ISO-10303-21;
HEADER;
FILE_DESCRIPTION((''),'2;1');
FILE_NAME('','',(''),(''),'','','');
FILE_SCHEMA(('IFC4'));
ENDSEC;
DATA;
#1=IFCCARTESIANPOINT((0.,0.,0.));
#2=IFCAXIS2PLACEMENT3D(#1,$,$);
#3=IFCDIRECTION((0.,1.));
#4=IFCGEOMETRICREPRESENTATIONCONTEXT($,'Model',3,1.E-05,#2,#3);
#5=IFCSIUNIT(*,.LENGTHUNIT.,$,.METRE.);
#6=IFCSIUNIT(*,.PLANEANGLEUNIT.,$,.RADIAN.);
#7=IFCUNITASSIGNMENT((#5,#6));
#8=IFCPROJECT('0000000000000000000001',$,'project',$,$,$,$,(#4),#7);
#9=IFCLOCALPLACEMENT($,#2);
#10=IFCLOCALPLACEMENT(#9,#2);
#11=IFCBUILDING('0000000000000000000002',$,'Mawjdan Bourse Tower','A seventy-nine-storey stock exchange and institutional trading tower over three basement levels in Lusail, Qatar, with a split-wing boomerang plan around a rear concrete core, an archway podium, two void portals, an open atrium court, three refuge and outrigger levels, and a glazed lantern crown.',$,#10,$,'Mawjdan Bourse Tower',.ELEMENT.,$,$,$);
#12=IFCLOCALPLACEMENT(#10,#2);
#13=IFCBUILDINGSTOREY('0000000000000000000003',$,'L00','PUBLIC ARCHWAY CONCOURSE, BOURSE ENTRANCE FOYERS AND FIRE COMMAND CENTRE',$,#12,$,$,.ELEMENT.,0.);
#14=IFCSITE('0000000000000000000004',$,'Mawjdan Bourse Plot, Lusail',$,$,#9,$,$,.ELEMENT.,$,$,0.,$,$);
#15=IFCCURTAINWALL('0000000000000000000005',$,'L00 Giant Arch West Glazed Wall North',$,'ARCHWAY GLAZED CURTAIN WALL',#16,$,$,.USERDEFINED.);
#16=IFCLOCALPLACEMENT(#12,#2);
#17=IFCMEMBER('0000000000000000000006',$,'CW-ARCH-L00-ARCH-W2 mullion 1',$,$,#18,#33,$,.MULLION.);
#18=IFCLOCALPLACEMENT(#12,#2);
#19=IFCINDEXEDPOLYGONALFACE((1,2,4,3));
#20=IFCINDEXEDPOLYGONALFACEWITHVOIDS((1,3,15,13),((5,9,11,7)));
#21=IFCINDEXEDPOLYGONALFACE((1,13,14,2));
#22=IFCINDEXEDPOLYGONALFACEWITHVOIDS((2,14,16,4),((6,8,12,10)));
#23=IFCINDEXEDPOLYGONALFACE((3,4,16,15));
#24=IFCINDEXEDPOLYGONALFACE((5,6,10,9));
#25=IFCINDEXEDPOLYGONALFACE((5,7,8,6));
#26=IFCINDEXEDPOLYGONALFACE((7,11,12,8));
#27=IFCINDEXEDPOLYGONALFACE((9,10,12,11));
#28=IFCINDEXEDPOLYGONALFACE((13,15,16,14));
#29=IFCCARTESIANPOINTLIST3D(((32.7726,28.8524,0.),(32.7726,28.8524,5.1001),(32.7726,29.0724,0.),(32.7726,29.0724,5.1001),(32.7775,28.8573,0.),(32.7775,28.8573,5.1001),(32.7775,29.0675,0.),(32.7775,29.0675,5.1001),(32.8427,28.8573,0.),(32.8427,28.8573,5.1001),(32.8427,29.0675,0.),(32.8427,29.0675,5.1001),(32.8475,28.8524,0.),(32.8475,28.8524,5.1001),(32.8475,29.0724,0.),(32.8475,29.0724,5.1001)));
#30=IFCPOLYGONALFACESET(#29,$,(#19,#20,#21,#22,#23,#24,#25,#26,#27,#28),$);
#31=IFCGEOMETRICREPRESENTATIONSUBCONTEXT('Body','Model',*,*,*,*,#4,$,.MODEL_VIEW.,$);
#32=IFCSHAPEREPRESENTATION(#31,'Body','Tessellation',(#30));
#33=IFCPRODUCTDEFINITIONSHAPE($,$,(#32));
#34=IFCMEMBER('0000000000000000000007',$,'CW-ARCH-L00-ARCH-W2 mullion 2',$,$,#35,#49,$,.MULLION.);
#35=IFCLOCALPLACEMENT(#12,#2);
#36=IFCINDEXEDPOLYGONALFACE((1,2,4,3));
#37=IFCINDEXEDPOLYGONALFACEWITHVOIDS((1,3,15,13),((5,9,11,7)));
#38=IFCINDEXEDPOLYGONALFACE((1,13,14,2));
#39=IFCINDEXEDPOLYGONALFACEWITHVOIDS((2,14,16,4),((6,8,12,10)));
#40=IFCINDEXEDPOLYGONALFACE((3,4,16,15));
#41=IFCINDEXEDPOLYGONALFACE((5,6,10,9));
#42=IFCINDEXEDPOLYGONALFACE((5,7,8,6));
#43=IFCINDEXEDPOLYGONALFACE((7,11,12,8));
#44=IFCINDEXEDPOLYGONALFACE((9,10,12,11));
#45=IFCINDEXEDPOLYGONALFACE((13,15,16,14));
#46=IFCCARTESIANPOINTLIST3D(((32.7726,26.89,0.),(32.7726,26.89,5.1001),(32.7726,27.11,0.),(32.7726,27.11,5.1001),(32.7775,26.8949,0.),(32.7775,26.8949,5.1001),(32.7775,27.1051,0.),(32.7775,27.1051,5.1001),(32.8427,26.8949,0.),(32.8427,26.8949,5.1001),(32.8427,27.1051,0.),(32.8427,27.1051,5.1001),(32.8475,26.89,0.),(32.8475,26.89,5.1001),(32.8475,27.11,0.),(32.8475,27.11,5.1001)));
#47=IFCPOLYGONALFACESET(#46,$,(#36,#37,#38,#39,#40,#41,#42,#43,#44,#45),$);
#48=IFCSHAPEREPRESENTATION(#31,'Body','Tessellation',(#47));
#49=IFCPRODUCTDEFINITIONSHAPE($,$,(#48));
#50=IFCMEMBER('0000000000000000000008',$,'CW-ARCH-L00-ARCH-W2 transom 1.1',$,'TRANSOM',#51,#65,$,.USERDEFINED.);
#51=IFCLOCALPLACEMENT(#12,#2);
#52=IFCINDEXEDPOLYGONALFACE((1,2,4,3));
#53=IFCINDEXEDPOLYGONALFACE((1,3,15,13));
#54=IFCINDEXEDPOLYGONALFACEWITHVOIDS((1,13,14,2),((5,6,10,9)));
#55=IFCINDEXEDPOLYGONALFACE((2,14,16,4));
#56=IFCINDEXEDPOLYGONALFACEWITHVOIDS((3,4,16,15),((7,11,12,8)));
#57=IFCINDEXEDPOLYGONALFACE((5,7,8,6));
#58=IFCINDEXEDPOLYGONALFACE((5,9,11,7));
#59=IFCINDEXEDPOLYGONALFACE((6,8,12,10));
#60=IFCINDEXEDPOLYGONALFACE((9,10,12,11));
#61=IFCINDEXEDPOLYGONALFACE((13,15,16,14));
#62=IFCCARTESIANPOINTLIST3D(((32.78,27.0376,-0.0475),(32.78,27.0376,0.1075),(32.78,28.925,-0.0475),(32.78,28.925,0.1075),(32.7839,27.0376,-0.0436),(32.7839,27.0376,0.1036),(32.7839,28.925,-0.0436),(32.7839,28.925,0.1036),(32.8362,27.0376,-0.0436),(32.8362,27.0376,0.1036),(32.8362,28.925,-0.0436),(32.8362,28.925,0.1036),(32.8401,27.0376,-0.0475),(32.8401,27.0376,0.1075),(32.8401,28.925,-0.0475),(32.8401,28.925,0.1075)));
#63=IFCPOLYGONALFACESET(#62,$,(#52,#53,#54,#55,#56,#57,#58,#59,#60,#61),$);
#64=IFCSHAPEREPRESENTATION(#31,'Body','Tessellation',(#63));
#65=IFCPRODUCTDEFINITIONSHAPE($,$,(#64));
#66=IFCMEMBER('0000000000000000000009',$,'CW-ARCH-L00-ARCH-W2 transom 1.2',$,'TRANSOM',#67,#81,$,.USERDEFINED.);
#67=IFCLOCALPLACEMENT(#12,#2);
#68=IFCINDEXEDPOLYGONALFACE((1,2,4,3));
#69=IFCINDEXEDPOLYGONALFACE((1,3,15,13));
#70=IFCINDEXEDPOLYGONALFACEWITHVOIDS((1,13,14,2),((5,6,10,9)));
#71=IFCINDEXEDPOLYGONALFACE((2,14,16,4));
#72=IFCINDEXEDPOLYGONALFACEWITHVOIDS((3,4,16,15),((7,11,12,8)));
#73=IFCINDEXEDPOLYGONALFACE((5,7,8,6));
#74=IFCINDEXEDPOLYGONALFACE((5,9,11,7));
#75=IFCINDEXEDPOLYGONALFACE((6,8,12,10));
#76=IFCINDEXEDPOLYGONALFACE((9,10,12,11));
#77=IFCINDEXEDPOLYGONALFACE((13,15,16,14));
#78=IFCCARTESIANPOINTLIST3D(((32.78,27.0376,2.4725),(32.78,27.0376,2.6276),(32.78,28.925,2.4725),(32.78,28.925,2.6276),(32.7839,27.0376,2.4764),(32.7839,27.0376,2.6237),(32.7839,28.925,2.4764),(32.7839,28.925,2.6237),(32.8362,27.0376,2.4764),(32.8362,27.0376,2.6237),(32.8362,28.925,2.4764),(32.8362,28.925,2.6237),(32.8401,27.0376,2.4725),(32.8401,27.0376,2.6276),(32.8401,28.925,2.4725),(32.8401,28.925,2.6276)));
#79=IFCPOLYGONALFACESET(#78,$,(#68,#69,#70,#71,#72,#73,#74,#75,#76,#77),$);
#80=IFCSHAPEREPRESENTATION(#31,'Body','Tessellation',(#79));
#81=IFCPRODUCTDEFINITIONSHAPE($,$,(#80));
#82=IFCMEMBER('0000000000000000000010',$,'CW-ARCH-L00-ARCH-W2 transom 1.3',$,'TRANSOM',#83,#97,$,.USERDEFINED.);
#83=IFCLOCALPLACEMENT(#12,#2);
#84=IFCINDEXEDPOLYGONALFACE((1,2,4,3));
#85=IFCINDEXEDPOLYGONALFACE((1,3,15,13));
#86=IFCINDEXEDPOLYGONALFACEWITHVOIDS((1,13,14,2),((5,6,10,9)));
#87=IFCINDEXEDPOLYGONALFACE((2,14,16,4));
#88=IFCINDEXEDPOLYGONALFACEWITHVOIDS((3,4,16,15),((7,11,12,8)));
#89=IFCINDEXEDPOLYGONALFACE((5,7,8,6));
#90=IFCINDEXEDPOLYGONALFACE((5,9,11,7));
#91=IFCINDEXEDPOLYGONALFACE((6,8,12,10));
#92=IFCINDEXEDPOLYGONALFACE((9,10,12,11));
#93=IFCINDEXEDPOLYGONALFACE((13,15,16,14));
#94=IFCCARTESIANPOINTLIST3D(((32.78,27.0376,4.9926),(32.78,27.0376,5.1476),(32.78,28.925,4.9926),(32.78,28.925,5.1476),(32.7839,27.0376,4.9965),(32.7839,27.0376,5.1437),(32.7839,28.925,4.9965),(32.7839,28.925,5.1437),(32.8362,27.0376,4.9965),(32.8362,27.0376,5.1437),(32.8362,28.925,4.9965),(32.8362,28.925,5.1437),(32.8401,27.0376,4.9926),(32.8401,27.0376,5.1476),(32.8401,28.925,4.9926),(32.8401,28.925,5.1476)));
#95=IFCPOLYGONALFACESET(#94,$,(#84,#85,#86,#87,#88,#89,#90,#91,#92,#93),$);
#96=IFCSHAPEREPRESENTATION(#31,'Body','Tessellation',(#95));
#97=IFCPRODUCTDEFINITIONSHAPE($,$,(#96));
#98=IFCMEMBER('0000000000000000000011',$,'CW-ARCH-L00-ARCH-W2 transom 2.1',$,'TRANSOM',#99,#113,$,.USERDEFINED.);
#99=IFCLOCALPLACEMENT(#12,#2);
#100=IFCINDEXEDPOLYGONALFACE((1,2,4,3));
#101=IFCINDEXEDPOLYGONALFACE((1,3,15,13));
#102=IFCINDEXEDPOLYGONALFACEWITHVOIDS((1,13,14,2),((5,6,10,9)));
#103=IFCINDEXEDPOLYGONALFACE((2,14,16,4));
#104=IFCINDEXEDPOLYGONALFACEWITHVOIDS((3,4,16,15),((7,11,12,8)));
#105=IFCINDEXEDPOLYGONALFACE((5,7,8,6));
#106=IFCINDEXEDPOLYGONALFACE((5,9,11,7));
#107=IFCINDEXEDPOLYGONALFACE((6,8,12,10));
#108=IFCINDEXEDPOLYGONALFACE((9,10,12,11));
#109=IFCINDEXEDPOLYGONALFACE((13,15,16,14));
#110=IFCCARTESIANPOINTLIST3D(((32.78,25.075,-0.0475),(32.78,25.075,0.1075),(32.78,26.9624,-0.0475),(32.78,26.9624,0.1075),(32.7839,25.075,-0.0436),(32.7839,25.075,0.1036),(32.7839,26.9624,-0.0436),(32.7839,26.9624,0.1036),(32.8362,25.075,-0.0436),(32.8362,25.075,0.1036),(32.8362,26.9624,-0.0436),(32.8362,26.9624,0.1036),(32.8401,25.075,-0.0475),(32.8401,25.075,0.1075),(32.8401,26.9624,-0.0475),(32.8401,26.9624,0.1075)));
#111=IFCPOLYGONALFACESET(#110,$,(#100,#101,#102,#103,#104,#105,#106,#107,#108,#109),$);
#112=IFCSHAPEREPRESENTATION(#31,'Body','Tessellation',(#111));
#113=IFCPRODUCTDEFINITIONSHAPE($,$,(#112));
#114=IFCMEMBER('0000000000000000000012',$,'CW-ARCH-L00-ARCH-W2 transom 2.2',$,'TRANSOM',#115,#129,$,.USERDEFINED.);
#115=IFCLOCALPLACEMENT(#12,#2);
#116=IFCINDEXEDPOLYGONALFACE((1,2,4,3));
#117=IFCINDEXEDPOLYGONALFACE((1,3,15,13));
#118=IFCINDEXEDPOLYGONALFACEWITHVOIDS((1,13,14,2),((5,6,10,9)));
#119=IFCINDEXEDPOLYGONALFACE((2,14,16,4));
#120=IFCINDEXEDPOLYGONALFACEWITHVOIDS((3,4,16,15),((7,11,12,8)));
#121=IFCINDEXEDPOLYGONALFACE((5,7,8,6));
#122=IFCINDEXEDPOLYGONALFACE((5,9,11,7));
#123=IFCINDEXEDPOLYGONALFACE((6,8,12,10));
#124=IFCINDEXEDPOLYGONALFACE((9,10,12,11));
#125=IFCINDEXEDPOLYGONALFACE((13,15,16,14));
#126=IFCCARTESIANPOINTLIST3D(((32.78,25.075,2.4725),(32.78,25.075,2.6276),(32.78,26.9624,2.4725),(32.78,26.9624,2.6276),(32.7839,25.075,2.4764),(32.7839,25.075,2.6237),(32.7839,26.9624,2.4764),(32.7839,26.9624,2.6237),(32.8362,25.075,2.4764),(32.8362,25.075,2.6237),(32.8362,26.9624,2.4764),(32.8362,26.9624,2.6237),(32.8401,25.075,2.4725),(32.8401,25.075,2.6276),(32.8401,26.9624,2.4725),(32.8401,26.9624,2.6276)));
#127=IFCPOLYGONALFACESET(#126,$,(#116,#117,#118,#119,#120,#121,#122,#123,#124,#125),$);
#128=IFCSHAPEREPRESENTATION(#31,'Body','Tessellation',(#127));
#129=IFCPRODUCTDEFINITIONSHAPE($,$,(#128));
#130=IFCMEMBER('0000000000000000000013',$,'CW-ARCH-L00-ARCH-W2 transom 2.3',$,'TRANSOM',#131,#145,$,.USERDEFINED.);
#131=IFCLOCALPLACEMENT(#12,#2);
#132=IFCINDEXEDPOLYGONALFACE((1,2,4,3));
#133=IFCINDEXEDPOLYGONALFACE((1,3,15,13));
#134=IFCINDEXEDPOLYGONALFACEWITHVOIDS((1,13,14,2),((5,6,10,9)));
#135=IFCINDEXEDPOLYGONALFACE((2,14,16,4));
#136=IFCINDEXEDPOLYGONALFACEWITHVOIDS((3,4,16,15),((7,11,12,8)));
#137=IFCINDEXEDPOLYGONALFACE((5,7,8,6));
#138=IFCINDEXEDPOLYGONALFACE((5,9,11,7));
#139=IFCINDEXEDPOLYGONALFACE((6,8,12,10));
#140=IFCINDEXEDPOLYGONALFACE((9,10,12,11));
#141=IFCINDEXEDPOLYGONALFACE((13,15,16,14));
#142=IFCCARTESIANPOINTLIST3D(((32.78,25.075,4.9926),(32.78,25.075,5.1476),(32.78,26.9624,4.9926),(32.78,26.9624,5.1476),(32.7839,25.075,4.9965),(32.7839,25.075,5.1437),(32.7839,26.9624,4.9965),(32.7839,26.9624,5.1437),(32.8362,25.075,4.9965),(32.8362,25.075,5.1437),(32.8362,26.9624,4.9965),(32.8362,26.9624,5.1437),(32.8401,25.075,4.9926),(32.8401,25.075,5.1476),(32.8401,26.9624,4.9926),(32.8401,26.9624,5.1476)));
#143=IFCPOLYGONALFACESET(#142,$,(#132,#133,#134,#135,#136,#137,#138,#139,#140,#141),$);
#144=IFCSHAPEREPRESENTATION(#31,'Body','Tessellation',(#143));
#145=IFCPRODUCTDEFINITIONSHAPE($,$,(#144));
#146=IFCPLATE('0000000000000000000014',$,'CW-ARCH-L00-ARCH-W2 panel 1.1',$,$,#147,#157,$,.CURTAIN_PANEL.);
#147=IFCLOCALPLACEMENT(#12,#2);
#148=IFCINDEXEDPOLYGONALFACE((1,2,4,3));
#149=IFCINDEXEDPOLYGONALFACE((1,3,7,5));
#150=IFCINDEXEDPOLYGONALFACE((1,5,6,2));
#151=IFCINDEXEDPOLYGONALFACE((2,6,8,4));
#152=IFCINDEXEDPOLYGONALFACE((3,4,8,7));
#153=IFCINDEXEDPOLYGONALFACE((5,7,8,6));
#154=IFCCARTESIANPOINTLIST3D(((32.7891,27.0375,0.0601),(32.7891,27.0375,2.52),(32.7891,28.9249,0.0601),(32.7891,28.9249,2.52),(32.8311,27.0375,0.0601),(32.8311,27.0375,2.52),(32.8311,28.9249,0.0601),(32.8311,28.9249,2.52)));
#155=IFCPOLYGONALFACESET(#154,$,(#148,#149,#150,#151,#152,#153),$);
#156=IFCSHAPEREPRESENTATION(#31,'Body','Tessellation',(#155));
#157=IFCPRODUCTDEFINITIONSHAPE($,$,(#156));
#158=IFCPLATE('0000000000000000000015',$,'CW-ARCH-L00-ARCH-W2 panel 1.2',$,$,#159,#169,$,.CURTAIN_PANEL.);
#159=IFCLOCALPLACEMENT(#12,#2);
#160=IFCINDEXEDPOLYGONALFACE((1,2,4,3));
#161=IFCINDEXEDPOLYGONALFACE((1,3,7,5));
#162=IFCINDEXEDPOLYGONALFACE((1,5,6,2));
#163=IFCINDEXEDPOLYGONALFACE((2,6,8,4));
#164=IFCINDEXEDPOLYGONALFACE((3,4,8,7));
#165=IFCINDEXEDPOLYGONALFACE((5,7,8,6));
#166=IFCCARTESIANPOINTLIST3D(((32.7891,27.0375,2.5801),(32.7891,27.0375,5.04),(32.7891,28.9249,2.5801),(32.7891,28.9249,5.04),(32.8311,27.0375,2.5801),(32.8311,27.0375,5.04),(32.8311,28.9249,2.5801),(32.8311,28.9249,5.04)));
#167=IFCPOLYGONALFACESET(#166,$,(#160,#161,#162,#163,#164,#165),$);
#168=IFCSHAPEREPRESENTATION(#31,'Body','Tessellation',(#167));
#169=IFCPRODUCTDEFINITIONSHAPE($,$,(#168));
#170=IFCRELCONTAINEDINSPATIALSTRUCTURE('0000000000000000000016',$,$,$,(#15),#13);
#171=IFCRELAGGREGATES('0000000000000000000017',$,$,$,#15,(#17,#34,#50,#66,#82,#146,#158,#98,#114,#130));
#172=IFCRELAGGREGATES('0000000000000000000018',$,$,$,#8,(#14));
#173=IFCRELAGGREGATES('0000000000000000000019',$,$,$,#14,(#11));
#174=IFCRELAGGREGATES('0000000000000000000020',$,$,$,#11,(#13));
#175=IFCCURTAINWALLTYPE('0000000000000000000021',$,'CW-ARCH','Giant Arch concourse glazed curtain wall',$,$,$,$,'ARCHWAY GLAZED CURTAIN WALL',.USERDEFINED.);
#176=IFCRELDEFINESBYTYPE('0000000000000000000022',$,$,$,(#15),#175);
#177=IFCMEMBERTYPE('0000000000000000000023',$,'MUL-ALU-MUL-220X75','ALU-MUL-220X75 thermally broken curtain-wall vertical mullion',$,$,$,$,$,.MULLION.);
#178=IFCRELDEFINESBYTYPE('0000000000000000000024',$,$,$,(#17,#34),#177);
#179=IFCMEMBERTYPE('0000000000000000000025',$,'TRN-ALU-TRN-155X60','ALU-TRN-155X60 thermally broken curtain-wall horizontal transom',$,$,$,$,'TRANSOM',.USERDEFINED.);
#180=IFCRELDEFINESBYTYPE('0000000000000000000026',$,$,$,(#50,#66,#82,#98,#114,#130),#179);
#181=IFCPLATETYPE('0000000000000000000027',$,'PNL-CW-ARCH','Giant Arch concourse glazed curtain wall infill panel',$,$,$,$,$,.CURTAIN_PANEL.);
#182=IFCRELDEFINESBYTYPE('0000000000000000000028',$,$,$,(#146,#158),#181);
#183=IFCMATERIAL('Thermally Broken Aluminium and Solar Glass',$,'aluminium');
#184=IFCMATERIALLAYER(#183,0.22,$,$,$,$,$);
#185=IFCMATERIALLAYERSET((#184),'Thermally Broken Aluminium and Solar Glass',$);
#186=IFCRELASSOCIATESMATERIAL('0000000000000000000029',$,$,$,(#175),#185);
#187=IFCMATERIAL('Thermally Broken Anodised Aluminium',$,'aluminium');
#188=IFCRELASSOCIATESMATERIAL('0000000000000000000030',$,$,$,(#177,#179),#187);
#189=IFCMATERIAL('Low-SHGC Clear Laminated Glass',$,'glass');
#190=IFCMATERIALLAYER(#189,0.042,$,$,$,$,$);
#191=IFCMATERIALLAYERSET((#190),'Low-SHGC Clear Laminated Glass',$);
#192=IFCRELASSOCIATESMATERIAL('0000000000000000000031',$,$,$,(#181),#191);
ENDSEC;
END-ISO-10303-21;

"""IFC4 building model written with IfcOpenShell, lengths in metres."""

from ifc_helpers import new_model, si_unit, direction, frame, origin, origin_2d, place, context, subcontext, project, spatial, rectangle, hollow_rectangle, extrude, material, layer, layer_set, material_profile, profile_set, type_object, element, aggregate, save


model = new_model("IFC4")

# Units and contexts
model_context = context("Model", 3, precision=1e-05, world=origin(), true_north=direction((0.0, 1.0)))
body_context = subcontext(model_context, "Body", "Model", "MODEL_VIEW")
ifc_project = project(units=[si_unit("LENGTHUNIT", "METRE"), si_unit("PLANEANGLEUNIT", "RADIAN")], contexts=[model_context])

# Site, building, storey
site_placement = place(None, origin())
site = spatial("IfcSite", under=ifc_project, at=site_placement, Name="Mawjdan Bourse Plot, Lusail", CompositionType="ELEMENT", RefElevation=0.0)
building_placement = place(site_placement, origin())
building = spatial("IfcBuilding", under=site, at=building_placement, Name="Mawjdan Bourse Tower", Description="A seventy-nine-storey stock exchange and institutional trading tower over three basement levels in Lusail, Qatar, with a split-wing boomerang plan around a rear concrete core, an archway podium, two void portals, an open atrium court, three refuge and outrigger levels, and a glazed lantern crown.", LongName="Mawjdan Bourse Tower", CompositionType="ELEMENT")
storey_placement = place(building_placement, origin())
storey = spatial("IfcBuildingStorey", under=building, at=storey_placement, Name="L00", Description="PUBLIC ARCHWAY CONCOURSE, BOURSE ENTRANCE FOYERS AND FIRE COMMAND CENTRE", CompositionType="ELEMENT", Elevation=0.0)

# Curtain wall, members, plates
ifc_material_1 = material(Name="Thermally Broken Aluminium and Solar Glass", Category="aluminium")
ifc_layer_1 = layer(ifc_material_1, 0.22)
ifc_layer_set_1 = layer_set([ifc_layer_1], Name="Thermally Broken Aluminium and Solar Glass")
curtain_wall_type = type_object("IfcCurtainWallType", Name="CW-ARCH", Description="Giant Arch concourse glazed curtain wall", ElementType="ARCHWAY GLAZED CURTAIN WALL", PredefinedType="USERDEFINED", material=ifc_layer_set_1)
curtain_wall_placement = place(storey_placement, origin())
curtain_wall = element("IfcCurtainWall", 1, at=curtain_wall_placement, inside=storey, type_object=curtain_wall_type, Name="L00 Giant Arch West Glazed Wall North", ObjectType="ARCHWAY GLAZED CURTAIN WALL", PredefinedType="USERDEFINED")
ifc_material_2 = material(Name="Thermally Broken Anodised Aluminium", Category="aluminium")
ifc_material_profile_1 = material_profile(ifc_material_2, hollow_rectangle(XDim=0.075, YDim=0.22, WallThickness=0.0049, at=origin_2d()), Name="ALU-MUL-220X75")
ifc_profile_set_1 = profile_set([ifc_material_profile_1], Name="Thermally Broken Anodised Aluminium")
member_type_1 = type_object("IfcMemberType", Name="MUL-ALU-MUL-220X75", Description="ALU-MUL-220X75 thermally broken curtain-wall vertical mullion", PredefinedType="MULLION", material=ifc_profile_set_1)
member_1_placement = place(storey_placement, frame((32.8101, 28.9624, 0.0), z_axis=(0.0, 0.0, 1.0), x_axis=(1.0, 0.0, 0.0)))
member_1 = element("IfcMember", 2, at=member_1_placement, type_object=member_type_1, Name="CW-ARCH-L00-ARCH-W2 mullion 1", PredefinedType="MULLION", context=body_context, shape_type="SweptSolid", body=[
    extrude(hollow_rectangle(XDim=0.075, YDim=0.22, WallThickness=0.0049, at=origin_2d()), origin(), (0.0, 0.0, 1.0), 5.1001),
])
member_2_placement = place(storey_placement, frame((32.8101, 27.0, 0.0), z_axis=(0.0, 0.0, 1.0), x_axis=(1.0, 0.0, 0.0)))
member_2 = element("IfcMember", 3, at=member_2_placement, type_object=member_type_1, Name="CW-ARCH-L00-ARCH-W2 mullion 2", PredefinedType="MULLION", context=body_context, shape_type="SweptSolid", body=[
    extrude(hollow_rectangle(XDim=0.075, YDim=0.22, WallThickness=0.0049, at=origin_2d()), origin(), (0.0, 0.0, 1.0), 5.1001),
])
ifc_material_profile_2 = material_profile(ifc_material_2, hollow_rectangle(XDim=0.0601, YDim=0.155, WallThickness=0.0039, at=origin_2d()), Name="ALU-TRN-155X60")
ifc_profile_set_2 = profile_set([ifc_material_profile_2], Name="Thermally Broken Anodised Aluminium")
member_type_2 = type_object("IfcMemberType", Name="TRN-ALU-TRN-155X60", Description="ALU-TRN-155X60 thermally broken curtain-wall horizontal transom", ElementType="TRANSOM", PredefinedType="USERDEFINED", material=ifc_profile_set_2)
member_3_placement = place(storey_placement, frame((32.8101, 28.925, 0.03), z_axis=(0.0, -1.0, 0.0), x_axis=(1.0, 0.0, 0.0)))
member_3 = element("IfcMember", 4, at=member_3_placement, type_object=member_type_2, Name="CW-ARCH-L00-ARCH-W2 transom 1.1", ObjectType="TRANSOM", PredefinedType="USERDEFINED", context=body_context, shape_type="SweptSolid", body=[
    extrude(hollow_rectangle(XDim=0.0601, YDim=0.155, WallThickness=0.0039, at=origin_2d()), origin(), (0.0, 0.0, 1.0), 1.8875),
])
member_4_placement = place(storey_placement, frame((32.8101, 28.925, 2.55), z_axis=(0.0, -1.0, 0.0), x_axis=(1.0, 0.0, 0.0)))
member_4 = element("IfcMember", 5, at=member_4_placement, type_object=member_type_2, Name="CW-ARCH-L00-ARCH-W2 transom 1.2", ObjectType="TRANSOM", PredefinedType="USERDEFINED", context=body_context, shape_type="SweptSolid", body=[
    extrude(hollow_rectangle(XDim=0.0601, YDim=0.155, WallThickness=0.0039, at=origin_2d()), origin(), (0.0, 0.0, 1.0), 1.8875),
])
member_5_placement = place(storey_placement, frame((32.8101, 28.925, 5.0701), z_axis=(0.0, -1.0, 0.0), x_axis=(1.0, 0.0, 0.0)))
member_5 = element("IfcMember", 6, at=member_5_placement, type_object=member_type_2, Name="CW-ARCH-L00-ARCH-W2 transom 1.3", ObjectType="TRANSOM", PredefinedType="USERDEFINED", context=body_context, shape_type="SweptSolid", body=[
    extrude(hollow_rectangle(XDim=0.0601, YDim=0.155, WallThickness=0.0039, at=origin_2d()), origin(), (0.0, 0.0, 1.0), 1.8875),
])
member_6_placement = place(storey_placement, frame((32.8101, 26.9624, 0.03), z_axis=(0.0, -1.0, 0.0), x_axis=(1.0, 0.0, 0.0)))
member_6 = element("IfcMember", 7, at=member_6_placement, type_object=member_type_2, Name="CW-ARCH-L00-ARCH-W2 transom 2.1", ObjectType="TRANSOM", PredefinedType="USERDEFINED", context=body_context, shape_type="SweptSolid", body=[
    extrude(hollow_rectangle(XDim=0.0601, YDim=0.155, WallThickness=0.0039, at=origin_2d()), origin(), (0.0, 0.0, 1.0), 1.8875),
])
member_7_placement = place(storey_placement, frame((32.8101, 26.9624, 2.55), z_axis=(0.0, -1.0, 0.0), x_axis=(1.0, 0.0, 0.0)))
member_7 = element("IfcMember", 8, at=member_7_placement, type_object=member_type_2, Name="CW-ARCH-L00-ARCH-W2 transom 2.2", ObjectType="TRANSOM", PredefinedType="USERDEFINED", context=body_context, shape_type="SweptSolid", body=[
    extrude(hollow_rectangle(XDim=0.0601, YDim=0.155, WallThickness=0.0039, at=origin_2d()), origin(), (0.0, 0.0, 1.0), 1.8875),
])
member_8_placement = place(storey_placement, frame((32.8101, 26.9624, 5.0701), z_axis=(0.0, -1.0, 0.0), x_axis=(1.0, 0.0, 0.0)))
member_8 = element("IfcMember", 9, at=member_8_placement, type_object=member_type_2, Name="CW-ARCH-L00-ARCH-W2 transom 2.3", ObjectType="TRANSOM", PredefinedType="USERDEFINED", context=body_context, shape_type="SweptSolid", body=[
    extrude(hollow_rectangle(XDim=0.0601, YDim=0.155, WallThickness=0.0039, at=origin_2d()), origin(), (0.0, 0.0, 1.0), 1.8875),
])
ifc_material_3 = material(Name="Low-SHGC Clear Laminated Glass", Category="glass")
ifc_layer_2 = layer(ifc_material_3, 0.042)
ifc_layer_set_2 = layer_set([ifc_layer_2], Name="Low-SHGC Clear Laminated Glass")
plate_type = type_object("IfcPlateType", Name="PNL-CW-ARCH", Description="Giant Arch concourse glazed curtain wall infill panel", PredefinedType="CURTAIN_PANEL", material=ifc_layer_set_2)
plate_1_placement = place(storey_placement, frame((32.8101, 27.9812, 0.0601), z_axis=(0.0, 0.0, 1.0), x_axis=(0.0, -1.0, 0.0)))
plate_1 = element("IfcPlate", 10, at=plate_1_placement, type_object=plate_type, Name="CW-ARCH-L00-ARCH-W2 panel 1.1", PredefinedType="CURTAIN_PANEL", context=body_context, shape_type="SweptSolid", body=[
    extrude(rectangle(XDim=1.8875, YDim=0.042, at=origin_2d()), origin(), (0.0, 0.0, 1.0), 2.46),
])
plate_2_placement = place(storey_placement, frame((32.8101, 27.9812, 2.5801), z_axis=(0.0, 0.0, 1.0), x_axis=(0.0, -1.0, 0.0)))
plate_2 = element("IfcPlate", 11, at=plate_2_placement, type_object=plate_type, Name="CW-ARCH-L00-ARCH-W2 panel 1.2", PredefinedType="CURTAIN_PANEL", context=body_context, shape_type="SweptSolid", body=[
    extrude(rectangle(XDim=1.8875, YDim=0.042, at=origin_2d()), origin(), (0.0, 0.0, 1.0), 2.46),
])
aggregate(curtain_wall, [member_1, member_2, member_3, member_4, member_5, plate_1, plate_2, member_6, member_7, member_8])

save(model, "model.ifc")
